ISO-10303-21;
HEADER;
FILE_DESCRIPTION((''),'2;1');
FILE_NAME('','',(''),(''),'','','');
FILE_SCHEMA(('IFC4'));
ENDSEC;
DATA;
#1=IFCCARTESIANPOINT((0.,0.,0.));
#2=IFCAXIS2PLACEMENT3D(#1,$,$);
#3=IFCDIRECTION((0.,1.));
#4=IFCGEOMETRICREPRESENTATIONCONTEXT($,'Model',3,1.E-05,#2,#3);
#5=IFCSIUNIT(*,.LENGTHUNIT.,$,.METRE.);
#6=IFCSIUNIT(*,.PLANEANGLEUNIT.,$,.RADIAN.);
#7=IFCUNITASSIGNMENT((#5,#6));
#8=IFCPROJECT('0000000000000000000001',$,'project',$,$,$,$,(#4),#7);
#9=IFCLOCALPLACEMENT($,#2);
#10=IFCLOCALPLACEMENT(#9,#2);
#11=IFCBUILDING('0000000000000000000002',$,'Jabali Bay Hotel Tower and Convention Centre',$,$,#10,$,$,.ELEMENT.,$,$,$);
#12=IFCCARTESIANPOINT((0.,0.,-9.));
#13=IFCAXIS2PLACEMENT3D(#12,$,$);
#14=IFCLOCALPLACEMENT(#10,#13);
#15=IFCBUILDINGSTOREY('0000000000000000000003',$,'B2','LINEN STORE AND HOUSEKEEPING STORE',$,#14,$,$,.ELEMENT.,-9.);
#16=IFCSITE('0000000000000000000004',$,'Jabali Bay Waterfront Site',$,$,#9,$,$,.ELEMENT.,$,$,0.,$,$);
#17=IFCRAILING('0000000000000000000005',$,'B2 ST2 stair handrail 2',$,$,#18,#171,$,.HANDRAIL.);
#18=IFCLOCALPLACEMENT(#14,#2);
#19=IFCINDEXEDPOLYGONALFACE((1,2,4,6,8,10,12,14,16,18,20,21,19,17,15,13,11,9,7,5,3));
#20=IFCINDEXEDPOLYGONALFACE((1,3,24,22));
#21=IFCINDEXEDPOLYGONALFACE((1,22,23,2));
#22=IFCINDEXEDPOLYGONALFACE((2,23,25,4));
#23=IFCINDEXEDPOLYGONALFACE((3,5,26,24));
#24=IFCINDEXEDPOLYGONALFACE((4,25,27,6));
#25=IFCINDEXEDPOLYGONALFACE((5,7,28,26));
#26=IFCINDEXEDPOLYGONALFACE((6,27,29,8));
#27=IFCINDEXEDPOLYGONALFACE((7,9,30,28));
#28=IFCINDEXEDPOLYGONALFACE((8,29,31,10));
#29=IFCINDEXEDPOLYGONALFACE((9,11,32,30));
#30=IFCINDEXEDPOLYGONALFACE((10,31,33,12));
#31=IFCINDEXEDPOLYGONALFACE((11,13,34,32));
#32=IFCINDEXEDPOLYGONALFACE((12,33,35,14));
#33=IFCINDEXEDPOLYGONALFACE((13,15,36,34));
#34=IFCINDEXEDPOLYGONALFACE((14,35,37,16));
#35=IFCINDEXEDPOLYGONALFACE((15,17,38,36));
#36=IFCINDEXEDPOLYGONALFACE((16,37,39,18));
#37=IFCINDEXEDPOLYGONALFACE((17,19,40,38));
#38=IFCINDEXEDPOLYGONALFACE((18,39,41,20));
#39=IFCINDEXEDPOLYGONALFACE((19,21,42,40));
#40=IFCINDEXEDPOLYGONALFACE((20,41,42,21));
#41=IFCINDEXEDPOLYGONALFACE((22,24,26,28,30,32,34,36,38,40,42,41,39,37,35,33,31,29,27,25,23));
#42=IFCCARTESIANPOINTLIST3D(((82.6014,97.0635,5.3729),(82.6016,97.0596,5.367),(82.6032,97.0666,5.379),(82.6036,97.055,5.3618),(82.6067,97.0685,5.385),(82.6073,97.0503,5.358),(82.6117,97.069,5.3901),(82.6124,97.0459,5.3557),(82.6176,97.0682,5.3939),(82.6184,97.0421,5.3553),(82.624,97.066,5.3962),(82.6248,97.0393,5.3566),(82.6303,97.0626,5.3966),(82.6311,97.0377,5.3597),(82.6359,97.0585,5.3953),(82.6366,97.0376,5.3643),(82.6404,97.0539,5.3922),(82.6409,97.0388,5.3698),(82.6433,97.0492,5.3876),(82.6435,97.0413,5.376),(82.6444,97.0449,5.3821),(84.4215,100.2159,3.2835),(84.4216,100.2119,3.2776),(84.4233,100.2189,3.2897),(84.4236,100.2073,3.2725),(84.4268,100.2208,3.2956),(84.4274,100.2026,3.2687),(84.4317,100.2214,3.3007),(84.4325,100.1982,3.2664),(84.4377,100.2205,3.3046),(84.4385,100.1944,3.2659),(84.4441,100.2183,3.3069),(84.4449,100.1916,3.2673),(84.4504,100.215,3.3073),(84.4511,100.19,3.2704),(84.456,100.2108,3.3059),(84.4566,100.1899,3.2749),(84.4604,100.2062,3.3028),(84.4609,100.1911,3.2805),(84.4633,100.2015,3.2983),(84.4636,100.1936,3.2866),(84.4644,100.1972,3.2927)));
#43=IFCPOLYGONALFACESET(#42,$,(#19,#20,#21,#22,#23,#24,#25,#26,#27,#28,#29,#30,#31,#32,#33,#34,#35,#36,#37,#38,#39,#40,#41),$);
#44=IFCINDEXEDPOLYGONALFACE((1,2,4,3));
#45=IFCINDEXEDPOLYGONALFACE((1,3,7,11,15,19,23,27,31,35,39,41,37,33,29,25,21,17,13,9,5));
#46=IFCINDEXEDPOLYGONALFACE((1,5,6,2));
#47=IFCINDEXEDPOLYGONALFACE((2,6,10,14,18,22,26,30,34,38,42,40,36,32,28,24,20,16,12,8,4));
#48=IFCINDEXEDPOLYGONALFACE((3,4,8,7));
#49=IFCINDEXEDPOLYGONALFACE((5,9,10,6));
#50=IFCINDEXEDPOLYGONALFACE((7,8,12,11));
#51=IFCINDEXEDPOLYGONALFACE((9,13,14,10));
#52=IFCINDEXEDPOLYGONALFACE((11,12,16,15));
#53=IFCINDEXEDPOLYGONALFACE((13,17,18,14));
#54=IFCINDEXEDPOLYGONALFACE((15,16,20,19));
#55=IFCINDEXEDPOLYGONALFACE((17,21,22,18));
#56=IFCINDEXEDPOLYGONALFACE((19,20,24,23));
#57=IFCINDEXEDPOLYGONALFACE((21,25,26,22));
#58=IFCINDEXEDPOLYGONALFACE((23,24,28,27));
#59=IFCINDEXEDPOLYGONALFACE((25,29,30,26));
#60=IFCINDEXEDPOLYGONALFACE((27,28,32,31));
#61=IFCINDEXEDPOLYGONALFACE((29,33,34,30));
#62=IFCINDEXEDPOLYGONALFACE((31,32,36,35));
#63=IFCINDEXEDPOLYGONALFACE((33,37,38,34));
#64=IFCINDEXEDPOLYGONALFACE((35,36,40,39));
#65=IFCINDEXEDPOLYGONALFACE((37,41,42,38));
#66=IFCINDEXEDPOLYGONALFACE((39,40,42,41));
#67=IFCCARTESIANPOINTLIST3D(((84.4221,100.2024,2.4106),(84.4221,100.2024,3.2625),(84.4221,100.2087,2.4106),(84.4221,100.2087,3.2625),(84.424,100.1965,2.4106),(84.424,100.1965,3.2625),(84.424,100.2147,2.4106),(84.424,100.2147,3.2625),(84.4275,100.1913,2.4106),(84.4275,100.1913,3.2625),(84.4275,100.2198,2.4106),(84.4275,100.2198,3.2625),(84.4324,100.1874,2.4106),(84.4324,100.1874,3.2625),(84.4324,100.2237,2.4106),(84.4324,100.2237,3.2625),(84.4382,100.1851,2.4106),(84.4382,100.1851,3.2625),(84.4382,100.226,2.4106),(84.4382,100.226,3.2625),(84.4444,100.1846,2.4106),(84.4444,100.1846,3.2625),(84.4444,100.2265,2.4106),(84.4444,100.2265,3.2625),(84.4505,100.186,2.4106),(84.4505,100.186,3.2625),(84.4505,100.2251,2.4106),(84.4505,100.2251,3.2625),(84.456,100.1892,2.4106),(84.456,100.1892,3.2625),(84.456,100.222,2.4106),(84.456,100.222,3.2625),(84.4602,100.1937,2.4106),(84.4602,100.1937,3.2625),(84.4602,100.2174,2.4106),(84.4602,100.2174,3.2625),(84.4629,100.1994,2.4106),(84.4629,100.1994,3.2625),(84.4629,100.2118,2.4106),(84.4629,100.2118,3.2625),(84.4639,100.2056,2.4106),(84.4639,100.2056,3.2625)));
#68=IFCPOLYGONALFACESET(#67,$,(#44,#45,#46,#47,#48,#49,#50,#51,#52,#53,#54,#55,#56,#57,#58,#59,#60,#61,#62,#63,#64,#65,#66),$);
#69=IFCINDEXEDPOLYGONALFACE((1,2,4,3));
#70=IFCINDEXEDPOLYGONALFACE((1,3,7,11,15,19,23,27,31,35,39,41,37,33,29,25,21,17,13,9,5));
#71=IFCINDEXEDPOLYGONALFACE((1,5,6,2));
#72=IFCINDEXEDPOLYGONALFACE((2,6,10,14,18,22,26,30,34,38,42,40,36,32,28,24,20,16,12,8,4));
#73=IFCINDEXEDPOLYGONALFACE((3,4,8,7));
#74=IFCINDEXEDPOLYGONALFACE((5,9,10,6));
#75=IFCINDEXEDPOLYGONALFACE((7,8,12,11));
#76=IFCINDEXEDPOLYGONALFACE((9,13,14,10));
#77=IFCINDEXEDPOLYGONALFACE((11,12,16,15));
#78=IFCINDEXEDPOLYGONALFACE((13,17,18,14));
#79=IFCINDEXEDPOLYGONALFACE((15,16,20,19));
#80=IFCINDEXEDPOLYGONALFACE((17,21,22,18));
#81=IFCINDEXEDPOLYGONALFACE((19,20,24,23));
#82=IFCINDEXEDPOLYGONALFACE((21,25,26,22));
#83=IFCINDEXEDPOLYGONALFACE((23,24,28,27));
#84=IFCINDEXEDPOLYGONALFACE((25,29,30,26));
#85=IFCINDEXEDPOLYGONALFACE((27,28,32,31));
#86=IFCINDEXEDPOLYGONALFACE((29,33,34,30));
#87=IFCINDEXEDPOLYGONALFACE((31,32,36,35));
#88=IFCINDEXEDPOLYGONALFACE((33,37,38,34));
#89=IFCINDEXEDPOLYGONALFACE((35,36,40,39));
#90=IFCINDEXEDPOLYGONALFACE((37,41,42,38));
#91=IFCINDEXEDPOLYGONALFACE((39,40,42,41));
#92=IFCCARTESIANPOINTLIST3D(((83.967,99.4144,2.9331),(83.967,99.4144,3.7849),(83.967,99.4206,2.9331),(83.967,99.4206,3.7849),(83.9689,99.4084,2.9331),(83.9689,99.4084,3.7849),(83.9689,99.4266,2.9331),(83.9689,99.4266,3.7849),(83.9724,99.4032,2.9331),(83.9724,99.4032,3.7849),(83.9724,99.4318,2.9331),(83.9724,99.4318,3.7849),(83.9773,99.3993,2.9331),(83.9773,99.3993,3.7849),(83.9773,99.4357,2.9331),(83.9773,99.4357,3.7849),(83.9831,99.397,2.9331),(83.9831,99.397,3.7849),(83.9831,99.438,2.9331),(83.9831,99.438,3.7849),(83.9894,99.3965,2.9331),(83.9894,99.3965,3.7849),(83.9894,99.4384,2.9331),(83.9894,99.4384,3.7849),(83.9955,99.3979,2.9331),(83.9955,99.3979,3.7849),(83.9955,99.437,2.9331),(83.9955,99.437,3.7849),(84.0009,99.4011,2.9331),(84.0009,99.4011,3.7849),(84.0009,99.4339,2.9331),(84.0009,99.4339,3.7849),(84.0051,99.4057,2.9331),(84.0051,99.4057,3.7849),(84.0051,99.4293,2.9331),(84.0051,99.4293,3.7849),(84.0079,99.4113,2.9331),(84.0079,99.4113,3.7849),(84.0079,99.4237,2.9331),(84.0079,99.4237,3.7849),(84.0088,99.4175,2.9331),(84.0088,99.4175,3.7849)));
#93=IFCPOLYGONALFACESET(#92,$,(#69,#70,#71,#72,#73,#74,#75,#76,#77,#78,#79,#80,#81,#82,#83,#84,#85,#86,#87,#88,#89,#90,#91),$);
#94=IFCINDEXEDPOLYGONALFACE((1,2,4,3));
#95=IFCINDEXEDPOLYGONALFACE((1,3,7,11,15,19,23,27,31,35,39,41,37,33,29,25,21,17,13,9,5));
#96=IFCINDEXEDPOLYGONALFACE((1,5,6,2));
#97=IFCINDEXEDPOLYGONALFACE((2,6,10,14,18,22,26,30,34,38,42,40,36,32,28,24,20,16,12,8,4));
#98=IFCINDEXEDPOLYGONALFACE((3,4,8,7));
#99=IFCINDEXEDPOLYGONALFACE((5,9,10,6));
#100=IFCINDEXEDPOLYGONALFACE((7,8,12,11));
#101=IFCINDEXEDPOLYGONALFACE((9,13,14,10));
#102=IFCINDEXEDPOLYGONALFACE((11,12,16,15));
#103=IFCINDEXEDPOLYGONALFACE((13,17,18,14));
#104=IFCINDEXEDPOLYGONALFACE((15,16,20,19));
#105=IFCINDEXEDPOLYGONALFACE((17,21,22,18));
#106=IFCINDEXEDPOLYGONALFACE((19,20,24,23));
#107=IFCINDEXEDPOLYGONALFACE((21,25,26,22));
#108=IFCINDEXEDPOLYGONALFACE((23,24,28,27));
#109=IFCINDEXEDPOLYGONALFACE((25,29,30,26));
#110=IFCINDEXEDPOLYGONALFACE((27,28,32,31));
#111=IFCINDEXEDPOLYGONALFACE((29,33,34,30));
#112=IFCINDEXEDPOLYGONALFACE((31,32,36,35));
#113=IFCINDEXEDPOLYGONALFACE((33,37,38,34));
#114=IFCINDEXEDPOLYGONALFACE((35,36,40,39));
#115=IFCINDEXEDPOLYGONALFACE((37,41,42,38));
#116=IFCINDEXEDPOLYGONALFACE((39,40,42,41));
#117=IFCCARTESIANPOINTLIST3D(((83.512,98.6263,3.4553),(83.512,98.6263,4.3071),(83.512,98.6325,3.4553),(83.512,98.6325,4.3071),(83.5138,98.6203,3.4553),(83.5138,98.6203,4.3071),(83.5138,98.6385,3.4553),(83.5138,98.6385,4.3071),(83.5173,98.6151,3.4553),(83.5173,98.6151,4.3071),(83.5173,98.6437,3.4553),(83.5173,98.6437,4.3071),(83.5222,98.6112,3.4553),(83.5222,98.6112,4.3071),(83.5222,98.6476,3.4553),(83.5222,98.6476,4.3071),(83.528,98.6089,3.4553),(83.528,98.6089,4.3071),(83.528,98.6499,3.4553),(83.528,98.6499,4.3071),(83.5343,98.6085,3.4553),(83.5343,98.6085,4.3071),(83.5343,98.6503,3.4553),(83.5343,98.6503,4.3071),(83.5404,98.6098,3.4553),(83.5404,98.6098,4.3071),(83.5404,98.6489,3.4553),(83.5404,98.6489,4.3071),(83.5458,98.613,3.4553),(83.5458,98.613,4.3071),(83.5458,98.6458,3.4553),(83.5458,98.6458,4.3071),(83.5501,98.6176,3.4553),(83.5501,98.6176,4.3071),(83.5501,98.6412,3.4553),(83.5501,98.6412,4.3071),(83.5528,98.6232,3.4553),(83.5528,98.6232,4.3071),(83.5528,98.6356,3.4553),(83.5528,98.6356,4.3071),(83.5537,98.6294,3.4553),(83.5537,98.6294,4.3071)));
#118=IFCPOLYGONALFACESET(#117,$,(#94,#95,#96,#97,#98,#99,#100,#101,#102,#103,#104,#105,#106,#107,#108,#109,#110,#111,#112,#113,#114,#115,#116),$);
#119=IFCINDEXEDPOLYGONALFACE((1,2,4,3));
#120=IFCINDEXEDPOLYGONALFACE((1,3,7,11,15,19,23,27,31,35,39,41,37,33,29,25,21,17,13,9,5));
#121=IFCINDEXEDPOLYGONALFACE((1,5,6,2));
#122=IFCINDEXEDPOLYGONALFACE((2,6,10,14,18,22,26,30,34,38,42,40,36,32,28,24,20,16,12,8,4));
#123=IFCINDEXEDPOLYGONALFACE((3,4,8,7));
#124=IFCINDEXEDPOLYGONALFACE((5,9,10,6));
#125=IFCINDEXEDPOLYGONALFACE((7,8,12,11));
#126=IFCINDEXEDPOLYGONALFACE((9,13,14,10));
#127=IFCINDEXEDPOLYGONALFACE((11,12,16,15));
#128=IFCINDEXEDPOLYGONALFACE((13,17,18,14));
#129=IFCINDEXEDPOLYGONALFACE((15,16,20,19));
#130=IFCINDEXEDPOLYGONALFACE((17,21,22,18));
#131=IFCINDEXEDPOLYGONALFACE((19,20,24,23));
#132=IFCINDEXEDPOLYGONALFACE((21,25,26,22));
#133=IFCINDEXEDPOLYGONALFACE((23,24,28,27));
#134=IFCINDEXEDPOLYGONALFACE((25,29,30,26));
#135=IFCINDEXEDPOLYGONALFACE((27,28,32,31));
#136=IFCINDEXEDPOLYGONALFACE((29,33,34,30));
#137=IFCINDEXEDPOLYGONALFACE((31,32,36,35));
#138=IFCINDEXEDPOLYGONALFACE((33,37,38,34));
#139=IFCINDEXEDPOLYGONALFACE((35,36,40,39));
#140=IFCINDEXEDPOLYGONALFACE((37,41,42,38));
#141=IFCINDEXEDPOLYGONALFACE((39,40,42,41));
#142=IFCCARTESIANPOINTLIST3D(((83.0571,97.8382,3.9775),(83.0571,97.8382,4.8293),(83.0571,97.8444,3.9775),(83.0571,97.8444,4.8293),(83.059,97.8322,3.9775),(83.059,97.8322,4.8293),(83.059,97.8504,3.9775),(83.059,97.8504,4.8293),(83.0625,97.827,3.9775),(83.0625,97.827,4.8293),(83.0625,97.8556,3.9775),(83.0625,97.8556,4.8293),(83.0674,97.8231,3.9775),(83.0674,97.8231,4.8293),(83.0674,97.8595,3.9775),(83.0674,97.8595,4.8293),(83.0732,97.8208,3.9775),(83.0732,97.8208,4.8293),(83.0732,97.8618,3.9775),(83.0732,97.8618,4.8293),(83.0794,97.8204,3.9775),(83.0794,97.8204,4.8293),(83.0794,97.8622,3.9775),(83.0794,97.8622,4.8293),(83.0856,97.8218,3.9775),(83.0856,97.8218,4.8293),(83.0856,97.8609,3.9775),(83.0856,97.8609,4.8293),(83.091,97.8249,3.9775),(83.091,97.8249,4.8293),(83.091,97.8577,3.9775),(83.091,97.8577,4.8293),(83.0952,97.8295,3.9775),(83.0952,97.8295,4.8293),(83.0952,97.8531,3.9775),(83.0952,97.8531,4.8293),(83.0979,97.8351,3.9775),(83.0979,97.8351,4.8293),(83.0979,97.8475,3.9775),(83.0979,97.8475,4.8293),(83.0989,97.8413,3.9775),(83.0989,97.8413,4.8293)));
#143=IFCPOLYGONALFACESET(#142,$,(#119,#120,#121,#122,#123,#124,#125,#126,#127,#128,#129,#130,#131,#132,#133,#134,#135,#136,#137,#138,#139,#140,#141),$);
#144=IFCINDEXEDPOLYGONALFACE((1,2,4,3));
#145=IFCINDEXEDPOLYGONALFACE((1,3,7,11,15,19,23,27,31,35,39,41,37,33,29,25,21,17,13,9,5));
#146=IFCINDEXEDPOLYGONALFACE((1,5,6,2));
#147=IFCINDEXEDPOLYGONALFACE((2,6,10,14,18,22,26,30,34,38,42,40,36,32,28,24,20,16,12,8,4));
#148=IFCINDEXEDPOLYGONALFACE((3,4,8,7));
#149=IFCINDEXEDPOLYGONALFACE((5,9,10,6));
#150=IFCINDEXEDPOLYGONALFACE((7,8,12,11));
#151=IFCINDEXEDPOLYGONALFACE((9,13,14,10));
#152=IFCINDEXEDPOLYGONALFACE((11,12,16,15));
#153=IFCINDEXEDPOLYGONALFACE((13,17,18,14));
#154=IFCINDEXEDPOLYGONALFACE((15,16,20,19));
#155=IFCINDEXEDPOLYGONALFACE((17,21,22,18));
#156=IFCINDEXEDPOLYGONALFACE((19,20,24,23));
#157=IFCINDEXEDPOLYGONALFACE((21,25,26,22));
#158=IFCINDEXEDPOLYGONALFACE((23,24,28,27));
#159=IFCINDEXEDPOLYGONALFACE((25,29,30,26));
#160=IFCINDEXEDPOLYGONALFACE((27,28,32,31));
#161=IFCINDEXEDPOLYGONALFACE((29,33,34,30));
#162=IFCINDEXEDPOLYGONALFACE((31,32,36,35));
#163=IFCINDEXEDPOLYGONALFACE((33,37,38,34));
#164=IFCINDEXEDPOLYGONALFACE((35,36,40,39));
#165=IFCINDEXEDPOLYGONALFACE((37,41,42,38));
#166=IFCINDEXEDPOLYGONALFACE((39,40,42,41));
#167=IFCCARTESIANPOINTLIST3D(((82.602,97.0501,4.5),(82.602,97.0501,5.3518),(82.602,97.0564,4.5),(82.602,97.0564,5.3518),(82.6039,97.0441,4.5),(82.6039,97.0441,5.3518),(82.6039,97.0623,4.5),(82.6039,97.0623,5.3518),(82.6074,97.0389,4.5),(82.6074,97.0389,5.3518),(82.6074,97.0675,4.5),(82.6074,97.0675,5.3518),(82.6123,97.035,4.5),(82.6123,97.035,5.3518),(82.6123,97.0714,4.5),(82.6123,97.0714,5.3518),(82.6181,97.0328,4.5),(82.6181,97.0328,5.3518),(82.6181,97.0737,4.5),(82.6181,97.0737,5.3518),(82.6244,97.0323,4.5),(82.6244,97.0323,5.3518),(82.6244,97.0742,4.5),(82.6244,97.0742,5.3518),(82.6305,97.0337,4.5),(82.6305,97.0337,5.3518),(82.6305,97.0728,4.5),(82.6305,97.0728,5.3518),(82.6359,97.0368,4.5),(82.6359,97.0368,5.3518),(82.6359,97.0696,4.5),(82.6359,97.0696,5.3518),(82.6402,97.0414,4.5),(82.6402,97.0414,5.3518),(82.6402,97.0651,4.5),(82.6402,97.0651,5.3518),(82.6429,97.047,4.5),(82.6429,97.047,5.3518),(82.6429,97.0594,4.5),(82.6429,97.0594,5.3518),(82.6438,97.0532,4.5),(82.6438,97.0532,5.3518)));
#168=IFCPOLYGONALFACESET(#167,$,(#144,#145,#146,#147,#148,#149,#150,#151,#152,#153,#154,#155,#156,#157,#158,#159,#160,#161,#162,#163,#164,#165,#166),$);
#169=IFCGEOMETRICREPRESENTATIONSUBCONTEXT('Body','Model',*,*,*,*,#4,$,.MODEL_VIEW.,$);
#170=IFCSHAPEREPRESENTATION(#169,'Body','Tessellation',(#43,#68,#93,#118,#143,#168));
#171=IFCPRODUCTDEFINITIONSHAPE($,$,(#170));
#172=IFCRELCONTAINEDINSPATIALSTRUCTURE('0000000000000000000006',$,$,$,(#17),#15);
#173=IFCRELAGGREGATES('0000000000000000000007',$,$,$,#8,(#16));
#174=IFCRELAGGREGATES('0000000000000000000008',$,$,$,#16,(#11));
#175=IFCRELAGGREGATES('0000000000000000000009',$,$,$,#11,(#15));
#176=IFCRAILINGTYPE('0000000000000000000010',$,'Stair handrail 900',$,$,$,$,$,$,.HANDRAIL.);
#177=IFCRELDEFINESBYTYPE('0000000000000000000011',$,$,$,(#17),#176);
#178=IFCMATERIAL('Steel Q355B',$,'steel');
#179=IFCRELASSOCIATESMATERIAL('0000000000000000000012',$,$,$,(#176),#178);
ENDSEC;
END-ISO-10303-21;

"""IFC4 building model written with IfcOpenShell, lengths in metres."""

from ifc_helpers import new_model, si_unit, direction, frame, origin, origin_2d, place, context, subcontext, project, spatial, circle, extrude, material, type_object, element, save


model = new_model("IFC4")

# Units and contexts
model_context = context("Model", 3, precision=1e-05, world=origin(), true_north=direction((0.0, 1.0)))
body_context = subcontext(model_context, "Body", "Model", "MODEL_VIEW")
ifc_project = project(units=[si_unit("LENGTHUNIT", "METRE"), si_unit("PLANEANGLEUNIT", "RADIAN")], contexts=[model_context])

# Site, building, storey
site_placement = place(None, origin())
site = spatial("IfcSite", under=ifc_project, at=site_placement, Name="Jabali Bay Waterfront Site", CompositionType="ELEMENT", RefElevation=0.0)
building_placement = place(site_placement, origin())
building = spatial("IfcBuilding", under=site, at=building_placement, Name="Jabali Bay Hotel Tower and Convention Centre", CompositionType="ELEMENT")
storey_placement = place(building_placement, frame((0.0, 0.0, -9.0)))
storey = spatial("IfcBuildingStorey", under=building, at=storey_placement, Name="B2", Description="LINEN STORE AND HOUSEKEEPING STORE", CompositionType="ELEMENT", Elevation=-9.0)

# Railing
ifc_material_1 = material(Name="Steel Q355B", Category="steel")
railing_type = type_object("IfcRailingType", Name="Stair handrail 900", PredefinedType="HANDRAIL", material=ifc_material_1)
railing_placement = place(storey_placement, frame((84.4429, 100.2056, 2.4106)))
element("IfcRailing", 1, at=railing_placement, inside=storey, type_object=railing_type, Name="B2 ST2 stair handrail 2", PredefinedType="HANDRAIL", context=body_context, shape_type="SweptSolid", body=[
    extrude(circle(Radius=0.0239, at=origin_2d()), frame((0.0, 0.0, 0.876), z_axis=(-0.433653, -0.751084, 0.497814), x_axis=(0.866018, -0.500013, 0.0)), (0.0, 0.0, 1.0), 4.197),
    extrude(circle(Radius=0.021, at=origin_2d()), origin(), (0.0, 0.0, 1.0), 0.8518),
    extrude(circle(Radius=0.021, at=origin_2d()), frame((-0.4551, -0.7881, 0.5225)), (0.0, 0.0, 1.0), 0.8518),
    extrude(circle(Radius=0.021, at=origin_2d()), frame((-0.9102, -1.5762, 1.0447)), (0.0, 0.0, 1.0), 0.8518),
    extrude(circle(Radius=0.021, at=origin_2d()), frame((-1.365, -2.3643, 1.5669)), (0.0, 0.0, 1.0), 0.8518),
    extrude(circle(Radius=0.021, at=origin_2d()), frame((-1.8201, -3.1523, 2.0894)), (0.0, 0.0, 1.0), 0.8518),
])

save(model, "model.ifc")
